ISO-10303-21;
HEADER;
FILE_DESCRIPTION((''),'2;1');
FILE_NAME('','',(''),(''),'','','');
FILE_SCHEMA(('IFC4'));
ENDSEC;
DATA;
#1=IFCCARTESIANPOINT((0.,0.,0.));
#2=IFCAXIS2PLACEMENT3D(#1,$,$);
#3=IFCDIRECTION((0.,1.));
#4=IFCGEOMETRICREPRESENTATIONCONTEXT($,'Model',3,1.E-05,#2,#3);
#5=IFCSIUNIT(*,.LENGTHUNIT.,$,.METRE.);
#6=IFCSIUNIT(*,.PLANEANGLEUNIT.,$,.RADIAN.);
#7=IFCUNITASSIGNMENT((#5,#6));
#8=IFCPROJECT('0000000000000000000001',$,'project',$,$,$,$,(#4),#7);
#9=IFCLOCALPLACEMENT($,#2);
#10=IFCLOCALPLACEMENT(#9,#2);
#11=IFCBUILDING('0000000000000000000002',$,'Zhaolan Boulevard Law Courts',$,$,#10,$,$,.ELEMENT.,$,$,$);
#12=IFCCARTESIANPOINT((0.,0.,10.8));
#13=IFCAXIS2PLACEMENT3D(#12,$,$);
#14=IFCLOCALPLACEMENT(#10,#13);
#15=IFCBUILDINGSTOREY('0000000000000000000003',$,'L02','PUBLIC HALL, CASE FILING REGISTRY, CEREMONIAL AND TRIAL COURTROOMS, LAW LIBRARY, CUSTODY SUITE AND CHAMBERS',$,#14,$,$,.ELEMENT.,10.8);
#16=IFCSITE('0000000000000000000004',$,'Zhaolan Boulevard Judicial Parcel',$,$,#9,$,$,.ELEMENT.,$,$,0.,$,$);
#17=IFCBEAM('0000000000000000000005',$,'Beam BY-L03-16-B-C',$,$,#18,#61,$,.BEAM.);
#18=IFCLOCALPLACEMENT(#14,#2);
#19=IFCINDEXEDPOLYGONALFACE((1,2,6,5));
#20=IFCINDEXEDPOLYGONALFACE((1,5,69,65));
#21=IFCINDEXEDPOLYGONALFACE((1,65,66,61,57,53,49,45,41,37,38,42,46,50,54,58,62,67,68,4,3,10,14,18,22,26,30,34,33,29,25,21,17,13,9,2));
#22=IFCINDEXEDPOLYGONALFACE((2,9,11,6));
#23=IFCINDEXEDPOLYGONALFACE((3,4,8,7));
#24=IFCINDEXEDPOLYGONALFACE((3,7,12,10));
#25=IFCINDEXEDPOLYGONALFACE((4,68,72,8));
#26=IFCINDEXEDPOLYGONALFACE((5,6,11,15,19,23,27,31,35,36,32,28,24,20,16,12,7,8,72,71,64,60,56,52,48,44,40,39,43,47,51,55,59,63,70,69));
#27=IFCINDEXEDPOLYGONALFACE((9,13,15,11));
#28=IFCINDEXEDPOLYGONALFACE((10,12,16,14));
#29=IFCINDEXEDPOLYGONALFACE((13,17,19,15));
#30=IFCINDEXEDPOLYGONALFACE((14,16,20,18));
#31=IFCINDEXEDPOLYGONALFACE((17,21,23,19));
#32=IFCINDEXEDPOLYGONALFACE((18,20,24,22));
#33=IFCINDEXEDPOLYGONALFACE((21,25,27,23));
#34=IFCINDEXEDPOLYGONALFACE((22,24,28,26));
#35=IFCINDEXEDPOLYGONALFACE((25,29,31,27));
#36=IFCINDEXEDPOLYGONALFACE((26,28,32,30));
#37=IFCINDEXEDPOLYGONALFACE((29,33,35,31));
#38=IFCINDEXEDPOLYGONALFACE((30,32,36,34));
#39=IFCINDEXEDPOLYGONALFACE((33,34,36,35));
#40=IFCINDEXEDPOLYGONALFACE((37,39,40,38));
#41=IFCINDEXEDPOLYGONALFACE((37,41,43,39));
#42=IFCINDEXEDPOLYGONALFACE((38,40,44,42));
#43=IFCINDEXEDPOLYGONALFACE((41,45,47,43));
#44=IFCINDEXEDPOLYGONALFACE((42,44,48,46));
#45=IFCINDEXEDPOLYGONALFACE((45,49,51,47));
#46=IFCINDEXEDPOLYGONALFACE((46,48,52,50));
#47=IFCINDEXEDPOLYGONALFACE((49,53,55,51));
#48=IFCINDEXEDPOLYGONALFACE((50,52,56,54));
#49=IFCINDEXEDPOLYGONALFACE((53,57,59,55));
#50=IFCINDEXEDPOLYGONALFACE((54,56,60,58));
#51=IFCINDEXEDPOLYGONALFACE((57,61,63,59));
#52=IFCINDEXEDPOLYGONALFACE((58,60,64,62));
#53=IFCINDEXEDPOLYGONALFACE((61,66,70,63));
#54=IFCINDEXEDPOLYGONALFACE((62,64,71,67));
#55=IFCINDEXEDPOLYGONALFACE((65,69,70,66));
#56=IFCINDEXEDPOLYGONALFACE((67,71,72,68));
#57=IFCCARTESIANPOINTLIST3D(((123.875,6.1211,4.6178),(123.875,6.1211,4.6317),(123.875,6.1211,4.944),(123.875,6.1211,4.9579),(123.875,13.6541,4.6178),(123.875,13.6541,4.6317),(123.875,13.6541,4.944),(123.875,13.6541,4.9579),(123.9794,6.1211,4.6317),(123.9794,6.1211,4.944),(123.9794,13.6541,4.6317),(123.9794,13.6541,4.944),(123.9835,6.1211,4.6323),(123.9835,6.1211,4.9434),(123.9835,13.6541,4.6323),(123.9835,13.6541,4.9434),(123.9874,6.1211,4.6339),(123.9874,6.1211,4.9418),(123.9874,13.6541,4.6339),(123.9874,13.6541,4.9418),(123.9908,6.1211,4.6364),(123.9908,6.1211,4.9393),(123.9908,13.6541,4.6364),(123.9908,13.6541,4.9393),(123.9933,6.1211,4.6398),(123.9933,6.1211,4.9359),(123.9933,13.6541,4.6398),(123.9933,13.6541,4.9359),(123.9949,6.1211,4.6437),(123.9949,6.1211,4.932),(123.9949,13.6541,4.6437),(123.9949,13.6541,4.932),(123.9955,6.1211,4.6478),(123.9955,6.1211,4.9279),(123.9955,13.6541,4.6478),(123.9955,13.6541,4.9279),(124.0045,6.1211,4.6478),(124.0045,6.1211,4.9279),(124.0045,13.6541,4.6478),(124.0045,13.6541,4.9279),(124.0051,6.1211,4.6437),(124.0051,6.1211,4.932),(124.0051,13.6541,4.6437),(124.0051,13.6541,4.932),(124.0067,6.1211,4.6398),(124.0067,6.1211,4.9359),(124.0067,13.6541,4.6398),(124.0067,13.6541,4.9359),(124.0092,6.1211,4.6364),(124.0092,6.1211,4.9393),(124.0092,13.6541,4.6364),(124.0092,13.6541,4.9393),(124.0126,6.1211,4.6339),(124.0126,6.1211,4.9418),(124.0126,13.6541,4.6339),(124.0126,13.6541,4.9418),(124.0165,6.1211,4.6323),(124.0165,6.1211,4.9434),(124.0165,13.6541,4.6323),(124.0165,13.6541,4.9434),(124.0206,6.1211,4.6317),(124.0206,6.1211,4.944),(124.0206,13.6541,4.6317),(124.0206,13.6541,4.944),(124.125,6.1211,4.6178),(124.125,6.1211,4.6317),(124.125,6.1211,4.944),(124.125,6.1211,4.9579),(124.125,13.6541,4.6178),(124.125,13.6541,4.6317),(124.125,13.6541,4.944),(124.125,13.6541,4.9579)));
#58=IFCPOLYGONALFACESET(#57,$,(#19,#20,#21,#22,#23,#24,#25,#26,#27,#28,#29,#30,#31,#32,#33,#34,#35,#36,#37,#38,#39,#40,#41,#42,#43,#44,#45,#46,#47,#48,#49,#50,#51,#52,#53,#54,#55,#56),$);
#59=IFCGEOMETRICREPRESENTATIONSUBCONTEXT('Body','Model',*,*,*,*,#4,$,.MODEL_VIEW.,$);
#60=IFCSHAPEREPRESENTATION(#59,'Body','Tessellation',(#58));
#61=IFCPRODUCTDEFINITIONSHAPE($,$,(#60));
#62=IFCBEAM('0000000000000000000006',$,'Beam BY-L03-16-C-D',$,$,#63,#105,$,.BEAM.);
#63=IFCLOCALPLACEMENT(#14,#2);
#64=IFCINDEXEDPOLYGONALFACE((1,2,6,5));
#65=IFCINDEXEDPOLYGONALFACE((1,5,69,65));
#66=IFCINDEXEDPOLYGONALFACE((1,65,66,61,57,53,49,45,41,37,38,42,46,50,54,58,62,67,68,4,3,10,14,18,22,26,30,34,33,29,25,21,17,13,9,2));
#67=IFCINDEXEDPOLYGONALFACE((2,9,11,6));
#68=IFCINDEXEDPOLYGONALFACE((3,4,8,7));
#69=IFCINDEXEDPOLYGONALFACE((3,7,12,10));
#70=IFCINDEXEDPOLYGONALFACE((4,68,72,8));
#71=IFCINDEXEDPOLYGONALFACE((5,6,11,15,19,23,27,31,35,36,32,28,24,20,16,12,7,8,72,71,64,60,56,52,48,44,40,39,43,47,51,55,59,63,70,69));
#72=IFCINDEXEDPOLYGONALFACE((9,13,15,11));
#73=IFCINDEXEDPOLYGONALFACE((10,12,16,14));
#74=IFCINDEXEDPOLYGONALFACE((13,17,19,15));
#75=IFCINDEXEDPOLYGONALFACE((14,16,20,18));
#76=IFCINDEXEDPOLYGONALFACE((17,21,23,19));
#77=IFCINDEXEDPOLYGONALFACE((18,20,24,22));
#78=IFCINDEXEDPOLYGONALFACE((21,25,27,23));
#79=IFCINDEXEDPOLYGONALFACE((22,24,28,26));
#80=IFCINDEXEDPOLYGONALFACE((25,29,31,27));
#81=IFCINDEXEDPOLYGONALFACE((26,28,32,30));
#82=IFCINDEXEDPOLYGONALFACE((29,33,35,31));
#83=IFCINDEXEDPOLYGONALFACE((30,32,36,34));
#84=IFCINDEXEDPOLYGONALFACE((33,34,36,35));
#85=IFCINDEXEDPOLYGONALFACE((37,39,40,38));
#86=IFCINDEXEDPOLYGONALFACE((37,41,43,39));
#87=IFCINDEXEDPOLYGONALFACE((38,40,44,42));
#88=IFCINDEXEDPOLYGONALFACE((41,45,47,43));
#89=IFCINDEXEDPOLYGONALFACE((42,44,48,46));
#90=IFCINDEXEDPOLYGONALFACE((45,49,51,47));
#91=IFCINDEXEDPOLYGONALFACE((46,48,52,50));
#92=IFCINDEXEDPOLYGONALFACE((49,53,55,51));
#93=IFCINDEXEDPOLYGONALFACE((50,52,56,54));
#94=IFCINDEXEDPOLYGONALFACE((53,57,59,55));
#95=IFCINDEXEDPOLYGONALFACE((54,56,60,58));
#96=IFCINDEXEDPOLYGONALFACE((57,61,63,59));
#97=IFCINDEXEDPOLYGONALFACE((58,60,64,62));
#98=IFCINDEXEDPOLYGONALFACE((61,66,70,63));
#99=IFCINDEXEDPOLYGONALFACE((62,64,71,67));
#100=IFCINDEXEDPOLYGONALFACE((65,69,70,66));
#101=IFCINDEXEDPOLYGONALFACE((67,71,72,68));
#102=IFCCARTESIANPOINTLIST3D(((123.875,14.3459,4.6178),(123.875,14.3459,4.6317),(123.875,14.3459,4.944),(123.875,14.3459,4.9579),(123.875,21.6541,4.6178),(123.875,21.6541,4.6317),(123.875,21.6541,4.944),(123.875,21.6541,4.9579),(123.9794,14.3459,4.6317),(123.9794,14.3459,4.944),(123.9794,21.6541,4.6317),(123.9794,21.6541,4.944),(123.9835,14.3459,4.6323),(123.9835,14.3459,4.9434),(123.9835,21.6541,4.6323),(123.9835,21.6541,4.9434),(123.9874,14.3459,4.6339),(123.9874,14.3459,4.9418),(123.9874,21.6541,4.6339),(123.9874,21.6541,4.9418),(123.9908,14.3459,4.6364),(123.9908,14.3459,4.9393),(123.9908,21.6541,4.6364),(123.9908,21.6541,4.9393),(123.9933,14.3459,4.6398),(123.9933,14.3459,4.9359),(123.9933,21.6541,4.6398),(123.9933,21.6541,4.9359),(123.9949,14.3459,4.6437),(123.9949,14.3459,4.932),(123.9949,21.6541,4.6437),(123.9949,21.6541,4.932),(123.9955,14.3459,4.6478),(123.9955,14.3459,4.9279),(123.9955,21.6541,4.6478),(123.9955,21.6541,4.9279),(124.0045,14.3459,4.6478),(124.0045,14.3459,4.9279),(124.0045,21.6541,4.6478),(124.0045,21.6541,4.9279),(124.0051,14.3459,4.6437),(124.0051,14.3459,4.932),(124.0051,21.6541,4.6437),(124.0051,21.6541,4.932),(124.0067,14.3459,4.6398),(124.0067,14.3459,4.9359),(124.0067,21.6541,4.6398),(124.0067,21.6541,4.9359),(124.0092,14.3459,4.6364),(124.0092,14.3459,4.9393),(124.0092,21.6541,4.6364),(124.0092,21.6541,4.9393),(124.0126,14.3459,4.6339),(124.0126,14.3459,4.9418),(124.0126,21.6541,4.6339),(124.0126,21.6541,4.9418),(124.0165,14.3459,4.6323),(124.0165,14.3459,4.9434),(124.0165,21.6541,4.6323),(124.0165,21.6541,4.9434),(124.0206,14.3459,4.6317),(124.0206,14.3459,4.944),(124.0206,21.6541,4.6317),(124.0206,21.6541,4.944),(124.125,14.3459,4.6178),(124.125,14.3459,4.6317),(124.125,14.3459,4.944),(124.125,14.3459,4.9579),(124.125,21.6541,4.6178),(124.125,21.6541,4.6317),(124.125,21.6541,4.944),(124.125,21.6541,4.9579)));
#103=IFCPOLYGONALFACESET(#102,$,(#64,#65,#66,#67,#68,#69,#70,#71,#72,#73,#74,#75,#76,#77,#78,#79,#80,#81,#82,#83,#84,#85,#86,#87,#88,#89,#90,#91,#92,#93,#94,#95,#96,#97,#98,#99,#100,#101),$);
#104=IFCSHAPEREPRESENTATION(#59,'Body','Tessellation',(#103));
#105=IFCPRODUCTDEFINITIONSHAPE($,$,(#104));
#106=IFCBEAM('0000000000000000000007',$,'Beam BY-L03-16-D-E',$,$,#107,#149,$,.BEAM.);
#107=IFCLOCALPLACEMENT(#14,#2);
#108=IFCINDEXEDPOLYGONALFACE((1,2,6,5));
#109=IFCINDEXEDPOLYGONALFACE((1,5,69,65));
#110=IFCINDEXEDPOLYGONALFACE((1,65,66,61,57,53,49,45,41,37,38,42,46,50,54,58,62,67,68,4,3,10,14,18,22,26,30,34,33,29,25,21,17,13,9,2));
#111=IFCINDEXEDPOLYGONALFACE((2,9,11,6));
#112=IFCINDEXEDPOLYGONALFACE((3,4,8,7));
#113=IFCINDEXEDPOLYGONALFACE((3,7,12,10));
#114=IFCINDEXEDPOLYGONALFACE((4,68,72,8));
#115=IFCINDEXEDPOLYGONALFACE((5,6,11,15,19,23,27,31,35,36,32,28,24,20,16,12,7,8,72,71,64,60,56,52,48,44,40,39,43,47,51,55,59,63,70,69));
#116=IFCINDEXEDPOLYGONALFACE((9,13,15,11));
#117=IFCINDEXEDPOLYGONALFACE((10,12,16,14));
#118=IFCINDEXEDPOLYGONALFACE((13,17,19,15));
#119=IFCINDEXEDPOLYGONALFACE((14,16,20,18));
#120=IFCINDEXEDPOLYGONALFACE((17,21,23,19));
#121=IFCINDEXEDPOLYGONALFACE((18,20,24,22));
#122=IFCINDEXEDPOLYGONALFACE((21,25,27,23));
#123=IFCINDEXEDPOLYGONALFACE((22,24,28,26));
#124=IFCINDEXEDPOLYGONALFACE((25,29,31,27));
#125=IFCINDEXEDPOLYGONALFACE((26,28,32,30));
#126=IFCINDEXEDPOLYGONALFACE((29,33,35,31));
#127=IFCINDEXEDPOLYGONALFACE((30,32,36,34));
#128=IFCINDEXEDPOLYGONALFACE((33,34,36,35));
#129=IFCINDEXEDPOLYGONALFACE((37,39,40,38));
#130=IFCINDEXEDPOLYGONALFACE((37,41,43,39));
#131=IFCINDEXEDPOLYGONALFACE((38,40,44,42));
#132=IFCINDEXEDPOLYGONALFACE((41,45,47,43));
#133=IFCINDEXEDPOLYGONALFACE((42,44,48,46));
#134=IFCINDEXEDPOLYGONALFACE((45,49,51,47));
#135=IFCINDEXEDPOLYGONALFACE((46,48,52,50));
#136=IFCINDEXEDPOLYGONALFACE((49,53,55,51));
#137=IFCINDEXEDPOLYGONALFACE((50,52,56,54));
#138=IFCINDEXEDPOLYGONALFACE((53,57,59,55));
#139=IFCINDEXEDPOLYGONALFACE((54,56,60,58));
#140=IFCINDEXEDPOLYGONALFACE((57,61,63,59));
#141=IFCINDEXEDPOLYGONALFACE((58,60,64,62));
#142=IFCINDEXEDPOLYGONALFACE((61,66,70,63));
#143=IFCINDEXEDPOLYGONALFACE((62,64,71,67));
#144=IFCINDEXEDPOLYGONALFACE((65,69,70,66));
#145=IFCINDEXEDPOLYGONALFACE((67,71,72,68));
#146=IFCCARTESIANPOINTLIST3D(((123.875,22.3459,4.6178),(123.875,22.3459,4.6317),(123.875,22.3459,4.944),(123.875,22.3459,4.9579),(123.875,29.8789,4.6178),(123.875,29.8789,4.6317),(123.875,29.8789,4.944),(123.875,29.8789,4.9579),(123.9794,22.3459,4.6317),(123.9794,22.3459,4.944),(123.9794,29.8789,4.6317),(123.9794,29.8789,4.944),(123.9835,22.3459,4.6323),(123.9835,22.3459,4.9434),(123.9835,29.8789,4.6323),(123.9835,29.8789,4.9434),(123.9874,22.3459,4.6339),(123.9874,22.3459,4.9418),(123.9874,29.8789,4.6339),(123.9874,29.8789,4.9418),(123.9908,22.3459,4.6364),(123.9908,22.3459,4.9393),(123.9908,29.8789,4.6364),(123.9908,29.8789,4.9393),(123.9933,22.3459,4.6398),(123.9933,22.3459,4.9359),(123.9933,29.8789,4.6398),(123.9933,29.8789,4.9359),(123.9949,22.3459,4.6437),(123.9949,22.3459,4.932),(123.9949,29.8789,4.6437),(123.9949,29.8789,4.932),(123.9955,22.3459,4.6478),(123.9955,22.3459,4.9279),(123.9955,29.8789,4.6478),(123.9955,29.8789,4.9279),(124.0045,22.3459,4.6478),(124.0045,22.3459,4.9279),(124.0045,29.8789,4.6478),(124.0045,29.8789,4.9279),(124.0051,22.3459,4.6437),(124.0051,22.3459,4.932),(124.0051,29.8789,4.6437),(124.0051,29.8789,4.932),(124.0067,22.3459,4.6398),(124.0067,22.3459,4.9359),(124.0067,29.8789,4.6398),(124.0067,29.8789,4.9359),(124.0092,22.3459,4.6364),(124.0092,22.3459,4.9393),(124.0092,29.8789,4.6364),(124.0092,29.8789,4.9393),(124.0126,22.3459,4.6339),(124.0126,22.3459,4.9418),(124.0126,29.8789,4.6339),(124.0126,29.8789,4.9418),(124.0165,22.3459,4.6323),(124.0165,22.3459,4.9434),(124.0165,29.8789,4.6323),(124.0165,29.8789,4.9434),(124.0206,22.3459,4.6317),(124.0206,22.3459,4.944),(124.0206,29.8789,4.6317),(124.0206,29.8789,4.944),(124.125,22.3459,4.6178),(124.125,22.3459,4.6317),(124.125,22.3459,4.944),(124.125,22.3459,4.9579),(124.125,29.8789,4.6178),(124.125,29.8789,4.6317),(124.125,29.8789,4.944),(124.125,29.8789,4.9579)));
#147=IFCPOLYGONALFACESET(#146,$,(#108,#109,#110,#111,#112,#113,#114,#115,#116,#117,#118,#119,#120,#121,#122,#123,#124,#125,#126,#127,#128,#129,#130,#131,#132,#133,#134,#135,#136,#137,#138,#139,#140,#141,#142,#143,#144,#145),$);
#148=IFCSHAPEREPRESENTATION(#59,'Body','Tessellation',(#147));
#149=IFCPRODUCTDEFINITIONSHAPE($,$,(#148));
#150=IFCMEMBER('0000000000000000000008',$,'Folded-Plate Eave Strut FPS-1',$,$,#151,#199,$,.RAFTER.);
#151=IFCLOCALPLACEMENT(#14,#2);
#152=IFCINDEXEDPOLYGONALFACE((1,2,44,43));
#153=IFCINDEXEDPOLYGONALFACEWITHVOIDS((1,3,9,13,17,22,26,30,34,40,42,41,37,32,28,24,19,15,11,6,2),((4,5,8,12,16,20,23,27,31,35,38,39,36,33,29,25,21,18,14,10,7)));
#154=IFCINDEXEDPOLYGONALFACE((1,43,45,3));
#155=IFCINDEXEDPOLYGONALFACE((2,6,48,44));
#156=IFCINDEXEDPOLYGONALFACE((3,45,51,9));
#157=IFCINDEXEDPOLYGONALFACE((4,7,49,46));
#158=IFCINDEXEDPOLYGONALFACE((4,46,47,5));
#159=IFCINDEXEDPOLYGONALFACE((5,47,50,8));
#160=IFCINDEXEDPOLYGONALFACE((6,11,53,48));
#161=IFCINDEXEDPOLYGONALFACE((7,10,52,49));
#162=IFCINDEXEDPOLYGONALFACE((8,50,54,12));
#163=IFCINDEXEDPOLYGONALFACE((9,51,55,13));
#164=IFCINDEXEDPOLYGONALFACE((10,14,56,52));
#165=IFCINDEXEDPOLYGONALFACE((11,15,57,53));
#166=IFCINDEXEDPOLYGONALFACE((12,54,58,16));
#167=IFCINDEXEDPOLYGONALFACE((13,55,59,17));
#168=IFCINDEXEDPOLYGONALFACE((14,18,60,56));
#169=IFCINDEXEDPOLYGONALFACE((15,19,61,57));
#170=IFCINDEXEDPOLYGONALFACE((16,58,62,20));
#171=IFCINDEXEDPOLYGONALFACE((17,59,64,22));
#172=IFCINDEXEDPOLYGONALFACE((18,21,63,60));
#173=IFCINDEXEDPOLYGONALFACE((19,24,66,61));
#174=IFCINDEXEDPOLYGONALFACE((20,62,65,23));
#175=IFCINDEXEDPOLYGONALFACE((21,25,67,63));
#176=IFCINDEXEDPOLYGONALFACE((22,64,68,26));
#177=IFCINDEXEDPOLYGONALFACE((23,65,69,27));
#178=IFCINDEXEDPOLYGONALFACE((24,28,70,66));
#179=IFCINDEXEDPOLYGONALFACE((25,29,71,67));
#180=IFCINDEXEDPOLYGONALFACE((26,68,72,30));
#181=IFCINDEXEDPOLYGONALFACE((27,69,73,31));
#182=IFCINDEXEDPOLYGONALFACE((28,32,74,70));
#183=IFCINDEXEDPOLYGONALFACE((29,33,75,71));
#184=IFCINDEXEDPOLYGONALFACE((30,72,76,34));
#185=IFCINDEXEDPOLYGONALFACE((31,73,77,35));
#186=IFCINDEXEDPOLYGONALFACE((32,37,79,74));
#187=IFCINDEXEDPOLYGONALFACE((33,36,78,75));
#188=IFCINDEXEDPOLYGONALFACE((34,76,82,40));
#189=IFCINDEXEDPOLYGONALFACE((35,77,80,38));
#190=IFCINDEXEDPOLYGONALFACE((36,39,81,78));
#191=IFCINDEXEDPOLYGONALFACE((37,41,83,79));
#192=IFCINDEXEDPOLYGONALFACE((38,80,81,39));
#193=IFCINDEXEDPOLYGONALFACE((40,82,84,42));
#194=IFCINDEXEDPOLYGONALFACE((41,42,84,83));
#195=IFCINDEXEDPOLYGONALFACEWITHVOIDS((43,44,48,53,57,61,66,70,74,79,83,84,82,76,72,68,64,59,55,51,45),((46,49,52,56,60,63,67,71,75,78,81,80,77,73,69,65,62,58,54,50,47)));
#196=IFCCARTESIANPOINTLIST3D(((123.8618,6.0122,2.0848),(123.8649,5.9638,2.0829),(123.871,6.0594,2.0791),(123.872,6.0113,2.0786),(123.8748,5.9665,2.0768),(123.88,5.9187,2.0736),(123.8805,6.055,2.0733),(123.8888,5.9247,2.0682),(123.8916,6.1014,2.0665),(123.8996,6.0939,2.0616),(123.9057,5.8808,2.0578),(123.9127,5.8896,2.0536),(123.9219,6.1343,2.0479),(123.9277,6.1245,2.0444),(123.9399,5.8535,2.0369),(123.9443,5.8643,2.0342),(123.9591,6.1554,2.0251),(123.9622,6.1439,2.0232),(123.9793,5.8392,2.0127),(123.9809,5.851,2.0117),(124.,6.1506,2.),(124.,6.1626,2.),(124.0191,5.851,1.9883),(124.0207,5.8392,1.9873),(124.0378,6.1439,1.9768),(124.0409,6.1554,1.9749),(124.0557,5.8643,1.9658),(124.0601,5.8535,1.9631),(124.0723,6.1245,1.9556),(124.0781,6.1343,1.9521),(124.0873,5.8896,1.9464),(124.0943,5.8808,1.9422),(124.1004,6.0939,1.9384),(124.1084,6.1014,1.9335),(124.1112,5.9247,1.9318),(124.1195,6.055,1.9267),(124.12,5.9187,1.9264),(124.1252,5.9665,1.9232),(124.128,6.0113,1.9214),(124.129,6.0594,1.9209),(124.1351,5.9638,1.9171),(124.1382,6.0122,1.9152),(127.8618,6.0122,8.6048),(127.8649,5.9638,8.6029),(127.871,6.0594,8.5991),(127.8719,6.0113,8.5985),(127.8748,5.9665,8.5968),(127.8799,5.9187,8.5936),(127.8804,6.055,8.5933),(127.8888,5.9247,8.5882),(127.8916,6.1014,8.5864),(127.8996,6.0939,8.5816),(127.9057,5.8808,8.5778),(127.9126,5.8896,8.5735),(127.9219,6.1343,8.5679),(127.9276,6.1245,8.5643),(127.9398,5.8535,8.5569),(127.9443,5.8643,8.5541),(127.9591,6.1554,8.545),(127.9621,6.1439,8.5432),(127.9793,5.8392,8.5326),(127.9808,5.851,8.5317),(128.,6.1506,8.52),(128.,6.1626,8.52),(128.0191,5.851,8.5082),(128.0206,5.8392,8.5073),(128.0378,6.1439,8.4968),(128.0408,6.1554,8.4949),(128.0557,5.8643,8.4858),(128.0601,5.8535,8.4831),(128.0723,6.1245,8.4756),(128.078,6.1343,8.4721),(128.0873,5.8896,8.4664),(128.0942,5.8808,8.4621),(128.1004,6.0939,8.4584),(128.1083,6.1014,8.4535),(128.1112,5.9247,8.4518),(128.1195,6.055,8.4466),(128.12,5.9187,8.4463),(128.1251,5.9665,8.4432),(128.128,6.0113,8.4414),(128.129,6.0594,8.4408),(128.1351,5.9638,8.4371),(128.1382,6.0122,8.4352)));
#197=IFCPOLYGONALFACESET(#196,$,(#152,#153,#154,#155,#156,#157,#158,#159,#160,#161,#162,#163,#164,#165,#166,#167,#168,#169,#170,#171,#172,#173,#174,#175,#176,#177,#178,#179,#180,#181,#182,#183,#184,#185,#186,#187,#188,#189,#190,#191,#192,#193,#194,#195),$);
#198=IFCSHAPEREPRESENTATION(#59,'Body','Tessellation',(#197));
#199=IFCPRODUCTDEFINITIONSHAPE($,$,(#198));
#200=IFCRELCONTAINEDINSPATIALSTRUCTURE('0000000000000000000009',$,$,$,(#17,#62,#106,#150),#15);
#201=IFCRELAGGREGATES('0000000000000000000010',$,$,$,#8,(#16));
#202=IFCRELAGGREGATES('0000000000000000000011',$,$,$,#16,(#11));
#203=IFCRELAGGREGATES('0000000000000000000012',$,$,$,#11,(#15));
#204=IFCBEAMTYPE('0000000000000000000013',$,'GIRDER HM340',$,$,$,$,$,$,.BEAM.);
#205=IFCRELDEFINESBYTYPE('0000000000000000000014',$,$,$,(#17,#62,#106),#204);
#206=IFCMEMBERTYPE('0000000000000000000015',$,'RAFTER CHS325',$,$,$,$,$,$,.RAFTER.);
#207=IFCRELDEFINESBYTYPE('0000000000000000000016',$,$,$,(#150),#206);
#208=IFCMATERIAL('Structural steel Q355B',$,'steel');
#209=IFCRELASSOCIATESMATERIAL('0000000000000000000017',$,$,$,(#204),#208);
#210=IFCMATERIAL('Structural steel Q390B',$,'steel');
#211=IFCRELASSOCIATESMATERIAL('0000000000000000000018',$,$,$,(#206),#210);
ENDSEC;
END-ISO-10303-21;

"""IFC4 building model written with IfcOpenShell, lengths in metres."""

from ifc_helpers import new_model, si_unit, direction, frame, origin, origin_2d, place, context, subcontext, project, spatial, hollow_circle, i_section, extrude, material, material_profile, profile_set, type_object, element, save


model = new_model("IFC4")

# Units and contexts
model_context = context("Model", 3, precision=1e-05, world=origin(), true_north=direction((0.0, 1.0)))
body_context = subcontext(model_context, "Body", "Model", "MODEL_VIEW")
ifc_project = project(units=[si_unit("LENGTHUNIT", "METRE"), si_unit("PLANEANGLEUNIT", "RADIAN")], contexts=[model_context])

# Site, building, storey
site_placement = place(None, origin())
site = spatial("IfcSite", under=ifc_project, at=site_placement, Name="Zhaolan Boulevard Judicial Parcel", CompositionType="ELEMENT", RefElevation=0.0)
building_placement = place(site_placement, origin())
building = spatial("IfcBuilding", under=site, at=building_placement, Name="Zhaolan Boulevard Law Courts", CompositionType="ELEMENT")
storey_placement = place(building_placement, frame((0.0, 0.0, 10.8)))
storey = spatial("IfcBuildingStorey", under=building, at=storey_placement, Name="L02", Description="PUBLIC HALL, CASE FILING REGISTRY, CEREMONIAL AND TRIAL COURTROOMS, LAW LIBRARY, CUSTODY SUITE AND CHAMBERS", CompositionType="ELEMENT", Elevation=10.8)

# Beams
ifc_material_1 = material(Name="Structural steel Q355B", Category="steel")
ifc_material_profile_1 = material_profile(ifc_material_1, i_section(OverallWidth=0.25, OverallDepth=0.3401, WebThickness=0.009, FlangeThickness=0.0139, FilletRadius=0.0161, at=origin_2d()), Name="HM340x250")
ifc_profile_set_1 = profile_set([ifc_material_profile_1], Name="Structural steel Q355B")
beam_type_1 = type_object("IfcBeamType", Name="GIRDER HM340", PredefinedType="BEAM", material=ifc_profile_set_1)
beam_1_placement = place(storey_placement, frame((124.0, 6.1211, 4.7878), z_axis=(0.0, 1.0, 0.0), x_axis=(-1.0, 0.0, 0.0)))
element("IfcBeam", 1, at=beam_1_placement, inside=storey, type_object=beam_type_1, Name="Beam BY-L03-16-B-C", PredefinedType="BEAM", context=body_context, shape_type="SweptSolid", body=[
    extrude(i_section(OverallWidth=0.25, OverallDepth=0.3401, WebThickness=0.009, FlangeThickness=0.0139, FilletRadius=0.0161, at=origin_2d()), origin(), (0.0, 0.0, 1.0), 7.533),
])
beam_2_placement = place(storey_placement, frame((124.0, 14.3459, 4.7878), z_axis=(0.0, 1.0, 0.0), x_axis=(-1.0, 0.0, 0.0)))
element("IfcBeam", 2, at=beam_2_placement, inside=storey, type_object=beam_type_1, Name="Beam BY-L03-16-C-D", PredefinedType="BEAM", context=body_context, shape_type="SweptSolid", body=[
    extrude(i_section(OverallWidth=0.25, OverallDepth=0.3401, WebThickness=0.009, FlangeThickness=0.0139, FilletRadius=0.0161, at=origin_2d()), origin(), (0.0, 0.0, 1.0), 7.3081),
])
beam_3_placement = place(storey_placement, frame((124.0, 22.3459, 4.7878), z_axis=(0.0, 1.0, 0.0), x_axis=(-1.0, 0.0, 0.0)))
element("IfcBeam", 3, at=beam_3_placement, inside=storey, type_object=beam_type_1, Name="Beam BY-L03-16-D-E", PredefinedType="BEAM", context=body_context, shape_type="SweptSolid", body=[
    extrude(i_section(OverallWidth=0.25, OverallDepth=0.3401, WebThickness=0.009, FlangeThickness=0.0139, FilletRadius=0.0161, at=origin_2d()), origin(), (0.0, 0.0, 1.0), 7.533),
])

# Member
ifc_material_2 = material(Name="Structural steel Q390B", Category="steel")
ifc_material_profile_2 = material_profile(ifc_material_2, hollow_circle(Radius=0.1626, WallThickness=0.012, at=origin_2d()), Name="CHS325x12")
ifc_profile_set_2 = profile_set([ifc_material_profile_2], Name="Structural steel Q390B")
member_type_1 = type_object("IfcMemberType", Name="RAFTER CHS325", PredefinedType="RAFTER", material=ifc_profile_set_2)
member_1_placement = place(storey_placement, frame((124.0, 6.0, 2.0), z_axis=(0.522929, 0.0, 0.852376), x_axis=(0.0, 1.0, 0.0)))
element("IfcMember", 4, at=member_1_placement, inside=storey, type_object=member_type_1, Name="Folded-Plate Eave Strut FPS-1", PredefinedType="RAFTER", context=body_context, shape_type="SweptSolid", body=[
    extrude(hollow_circle(Radius=0.1626, WallThickness=0.012, at=origin_2d()), origin(), (0.0, 0.0, 1.0), 7.6492),
])

save(model, "model.ifc")
